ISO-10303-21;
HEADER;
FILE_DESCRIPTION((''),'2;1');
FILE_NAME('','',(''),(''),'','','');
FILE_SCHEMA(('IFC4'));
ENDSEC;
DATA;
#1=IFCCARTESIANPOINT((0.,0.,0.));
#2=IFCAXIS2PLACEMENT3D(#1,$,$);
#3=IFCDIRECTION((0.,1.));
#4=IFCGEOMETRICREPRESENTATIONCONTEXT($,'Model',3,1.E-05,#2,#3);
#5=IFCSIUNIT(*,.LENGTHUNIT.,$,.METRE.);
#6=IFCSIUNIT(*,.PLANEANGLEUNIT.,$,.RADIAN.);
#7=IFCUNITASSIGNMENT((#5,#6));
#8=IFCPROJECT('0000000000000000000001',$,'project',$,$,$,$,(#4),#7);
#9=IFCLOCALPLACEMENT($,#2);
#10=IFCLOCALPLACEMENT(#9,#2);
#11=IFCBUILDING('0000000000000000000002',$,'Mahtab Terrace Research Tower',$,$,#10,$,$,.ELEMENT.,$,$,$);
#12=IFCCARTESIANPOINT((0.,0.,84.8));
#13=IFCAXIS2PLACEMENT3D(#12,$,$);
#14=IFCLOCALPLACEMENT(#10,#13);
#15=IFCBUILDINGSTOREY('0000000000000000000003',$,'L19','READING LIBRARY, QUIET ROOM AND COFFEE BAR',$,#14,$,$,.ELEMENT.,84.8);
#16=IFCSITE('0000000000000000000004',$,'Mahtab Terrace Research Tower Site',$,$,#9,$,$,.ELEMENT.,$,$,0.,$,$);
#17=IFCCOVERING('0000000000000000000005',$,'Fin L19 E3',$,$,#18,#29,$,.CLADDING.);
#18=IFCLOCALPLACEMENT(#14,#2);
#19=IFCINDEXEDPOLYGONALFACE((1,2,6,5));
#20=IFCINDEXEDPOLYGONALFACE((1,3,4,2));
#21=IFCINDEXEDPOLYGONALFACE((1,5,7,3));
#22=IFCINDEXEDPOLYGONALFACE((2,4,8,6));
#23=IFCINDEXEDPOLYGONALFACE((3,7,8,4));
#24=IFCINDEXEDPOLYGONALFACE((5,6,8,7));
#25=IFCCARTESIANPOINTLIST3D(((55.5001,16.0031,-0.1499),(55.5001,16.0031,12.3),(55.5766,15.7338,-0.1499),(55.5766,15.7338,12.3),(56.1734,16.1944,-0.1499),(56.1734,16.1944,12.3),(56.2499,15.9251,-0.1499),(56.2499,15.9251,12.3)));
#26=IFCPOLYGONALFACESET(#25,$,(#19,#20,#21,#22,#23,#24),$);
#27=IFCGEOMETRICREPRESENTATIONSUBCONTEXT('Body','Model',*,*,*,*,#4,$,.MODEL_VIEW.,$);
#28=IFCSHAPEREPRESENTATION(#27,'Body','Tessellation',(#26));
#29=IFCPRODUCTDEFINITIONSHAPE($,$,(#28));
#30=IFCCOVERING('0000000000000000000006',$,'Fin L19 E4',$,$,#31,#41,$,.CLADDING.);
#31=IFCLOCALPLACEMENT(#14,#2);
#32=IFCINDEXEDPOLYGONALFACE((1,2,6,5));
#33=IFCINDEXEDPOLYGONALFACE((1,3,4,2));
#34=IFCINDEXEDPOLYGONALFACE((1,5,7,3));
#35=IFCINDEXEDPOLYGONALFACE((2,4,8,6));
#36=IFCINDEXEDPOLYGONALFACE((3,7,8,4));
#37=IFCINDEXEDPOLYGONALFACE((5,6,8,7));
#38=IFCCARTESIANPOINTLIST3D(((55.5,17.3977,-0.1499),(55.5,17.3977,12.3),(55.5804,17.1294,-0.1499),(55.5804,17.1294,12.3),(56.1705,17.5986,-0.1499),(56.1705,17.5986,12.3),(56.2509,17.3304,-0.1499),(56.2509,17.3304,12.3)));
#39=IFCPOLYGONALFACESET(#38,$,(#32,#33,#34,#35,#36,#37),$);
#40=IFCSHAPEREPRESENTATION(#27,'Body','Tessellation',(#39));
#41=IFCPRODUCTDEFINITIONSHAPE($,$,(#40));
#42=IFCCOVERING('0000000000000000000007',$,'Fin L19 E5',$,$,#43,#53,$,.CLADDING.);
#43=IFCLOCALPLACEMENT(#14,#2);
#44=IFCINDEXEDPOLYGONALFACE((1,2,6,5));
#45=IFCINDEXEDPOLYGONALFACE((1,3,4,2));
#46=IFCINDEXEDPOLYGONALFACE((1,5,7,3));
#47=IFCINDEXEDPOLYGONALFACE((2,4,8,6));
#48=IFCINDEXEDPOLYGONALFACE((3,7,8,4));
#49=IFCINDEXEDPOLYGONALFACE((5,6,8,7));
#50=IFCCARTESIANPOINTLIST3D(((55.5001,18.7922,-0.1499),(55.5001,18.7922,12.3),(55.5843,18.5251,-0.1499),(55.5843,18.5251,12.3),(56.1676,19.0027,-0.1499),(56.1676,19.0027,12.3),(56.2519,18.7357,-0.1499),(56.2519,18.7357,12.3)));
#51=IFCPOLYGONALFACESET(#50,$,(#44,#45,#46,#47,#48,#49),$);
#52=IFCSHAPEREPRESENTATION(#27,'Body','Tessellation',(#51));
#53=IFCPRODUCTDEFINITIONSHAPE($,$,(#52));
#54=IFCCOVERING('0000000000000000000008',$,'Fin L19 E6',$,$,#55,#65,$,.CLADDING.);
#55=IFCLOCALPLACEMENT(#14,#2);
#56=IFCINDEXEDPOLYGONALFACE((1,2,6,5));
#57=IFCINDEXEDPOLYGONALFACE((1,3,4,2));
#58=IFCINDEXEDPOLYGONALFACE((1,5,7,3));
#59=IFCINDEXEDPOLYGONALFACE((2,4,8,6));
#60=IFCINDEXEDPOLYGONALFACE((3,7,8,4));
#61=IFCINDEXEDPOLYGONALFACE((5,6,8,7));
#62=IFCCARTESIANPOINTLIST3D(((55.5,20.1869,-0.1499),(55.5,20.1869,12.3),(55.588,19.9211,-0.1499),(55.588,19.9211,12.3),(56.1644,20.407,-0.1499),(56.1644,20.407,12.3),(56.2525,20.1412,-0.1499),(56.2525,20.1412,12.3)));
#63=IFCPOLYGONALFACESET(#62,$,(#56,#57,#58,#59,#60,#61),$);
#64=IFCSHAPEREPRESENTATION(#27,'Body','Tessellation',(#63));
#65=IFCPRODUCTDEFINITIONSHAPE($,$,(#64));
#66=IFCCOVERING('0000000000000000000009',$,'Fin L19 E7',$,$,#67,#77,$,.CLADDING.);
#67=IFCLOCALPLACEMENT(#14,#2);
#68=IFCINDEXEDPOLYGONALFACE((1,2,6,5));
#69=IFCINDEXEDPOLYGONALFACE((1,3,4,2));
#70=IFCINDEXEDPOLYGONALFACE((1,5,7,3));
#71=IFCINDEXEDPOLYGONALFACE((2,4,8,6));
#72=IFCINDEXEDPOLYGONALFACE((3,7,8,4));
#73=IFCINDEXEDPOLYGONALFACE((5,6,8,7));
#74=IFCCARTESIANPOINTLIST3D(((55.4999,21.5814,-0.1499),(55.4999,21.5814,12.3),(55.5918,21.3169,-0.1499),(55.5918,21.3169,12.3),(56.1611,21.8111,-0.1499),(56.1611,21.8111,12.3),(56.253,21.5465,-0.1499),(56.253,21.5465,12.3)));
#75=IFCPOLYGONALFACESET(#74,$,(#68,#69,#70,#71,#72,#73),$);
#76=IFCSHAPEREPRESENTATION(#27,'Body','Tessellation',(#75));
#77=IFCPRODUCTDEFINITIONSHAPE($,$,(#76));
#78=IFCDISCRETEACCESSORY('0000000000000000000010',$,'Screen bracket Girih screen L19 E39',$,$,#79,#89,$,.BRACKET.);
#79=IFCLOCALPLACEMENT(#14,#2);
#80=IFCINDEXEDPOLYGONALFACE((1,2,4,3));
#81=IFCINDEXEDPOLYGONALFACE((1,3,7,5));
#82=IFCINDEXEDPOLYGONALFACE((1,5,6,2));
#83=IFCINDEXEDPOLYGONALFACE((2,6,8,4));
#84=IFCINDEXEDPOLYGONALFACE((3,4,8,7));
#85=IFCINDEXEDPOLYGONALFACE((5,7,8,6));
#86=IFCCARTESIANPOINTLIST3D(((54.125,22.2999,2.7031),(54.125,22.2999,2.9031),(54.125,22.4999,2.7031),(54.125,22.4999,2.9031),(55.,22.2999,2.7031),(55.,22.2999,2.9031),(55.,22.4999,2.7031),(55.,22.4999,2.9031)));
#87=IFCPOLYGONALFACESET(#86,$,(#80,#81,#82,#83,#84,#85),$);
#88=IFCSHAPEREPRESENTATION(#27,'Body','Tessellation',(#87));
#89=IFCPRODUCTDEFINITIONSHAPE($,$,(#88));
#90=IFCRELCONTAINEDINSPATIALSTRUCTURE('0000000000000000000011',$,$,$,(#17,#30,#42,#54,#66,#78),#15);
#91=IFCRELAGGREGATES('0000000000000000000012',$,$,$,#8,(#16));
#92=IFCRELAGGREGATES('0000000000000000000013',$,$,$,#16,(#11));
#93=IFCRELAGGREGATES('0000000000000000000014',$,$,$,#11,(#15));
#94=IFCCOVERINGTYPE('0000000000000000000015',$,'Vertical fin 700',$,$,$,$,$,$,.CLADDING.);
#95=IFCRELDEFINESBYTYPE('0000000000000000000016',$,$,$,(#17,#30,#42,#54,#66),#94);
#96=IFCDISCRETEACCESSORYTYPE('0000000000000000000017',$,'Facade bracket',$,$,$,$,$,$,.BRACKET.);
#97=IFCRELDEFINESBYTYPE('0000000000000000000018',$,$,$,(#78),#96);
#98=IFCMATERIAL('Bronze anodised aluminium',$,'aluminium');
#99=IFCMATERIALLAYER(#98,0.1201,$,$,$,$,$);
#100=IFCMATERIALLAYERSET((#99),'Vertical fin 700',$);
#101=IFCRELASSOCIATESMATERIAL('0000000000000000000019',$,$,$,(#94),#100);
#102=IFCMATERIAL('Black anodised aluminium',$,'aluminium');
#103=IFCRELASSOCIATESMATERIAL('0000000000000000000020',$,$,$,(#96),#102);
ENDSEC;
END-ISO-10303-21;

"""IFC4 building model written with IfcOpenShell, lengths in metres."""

from ifc_helpers import new_model, si_unit, direction, frame, origin, origin_2d, place, context, subcontext, project, spatial, rectangle, extrude, material, layer, layer_set, type_object, element, save


model = new_model("IFC4")

# Units and contexts
model_context = context("Model", 3, precision=1e-05, world=origin(), true_north=direction((0.0, 1.0)))
body_context = subcontext(model_context, "Body", "Model", "MODEL_VIEW")
ifc_project = project(units=[si_unit("LENGTHUNIT", "METRE"), si_unit("PLANEANGLEUNIT", "RADIAN")], contexts=[model_context])

# Site, building, storey
site_placement = place(None, origin())
site = spatial("IfcSite", under=ifc_project, at=site_placement, Name="Mahtab Terrace Research Tower Site", CompositionType="ELEMENT", RefElevation=0.0)
building_placement = place(site_placement, origin())
building = spatial("IfcBuilding", under=site, at=building_placement, Name="Mahtab Terrace Research Tower", CompositionType="ELEMENT")
storey_placement = place(building_placement, frame((0.0, 0.0, 84.8)))
storey = spatial("IfcBuildingStorey", under=building, at=storey_placement, Name="L19", Description="READING LIBRARY, QUIET ROOM AND COFFEE BAR", CompositionType="ELEMENT", Elevation=84.8)

# Coverings
ifc_material_1 = material(Name="Bronze anodised aluminium", Category="aluminium")
ifc_layer_1 = layer(ifc_material_1, 0.1201)
ifc_layer_set_1 = layer_set([ifc_layer_1], Name="Vertical fin 700")
covering_type_1 = type_object("IfcCoveringType", Name="Vertical fin 700", PredefinedType="CLADDING", material=ifc_layer_set_1)
for number, where, z_axis, x_axis, name in (
    (1, (55.875, 15.9641, -0.1499), (0.0, 0.0, 1.0), (-0.273307, 0.961927, 0.0), "Fin L19 E3"),
    (2, (55.8755, 17.364, -0.1499), (0.0, 0.0, 1.0), (-0.287105, 0.957899, 0.0), "Fin L19 E4"),
    (3, (55.876, 18.7639, -0.1499), (0.0, 0.0, 1.0), (-0.300843, 0.953674, 0.0), "Fin L19 E5"),
    (4, (55.8762, 20.1641, -0.1499), (0.0, 0.0, 1.0), (-0.314519, 0.949251, 0.0), "Fin L19 E6"),
    (5, (55.8765, 21.564, -0.1499), (0.0, 0.0, 1.0), (-0.32813, 0.944633, 0.0), "Fin L19 E7"),
):
    element("IfcCovering", number, at=place(storey_placement, frame(where, z_axis=z_axis, x_axis=x_axis)), inside=storey, type_object=covering_type_1, Name=name, PredefinedType="CLADDING", context=body_context, shape_type="SweptSolid", body=[
        extrude(rectangle(XDim=0.28, YDim=0.7, at=origin_2d()), origin(), (0.0, 0.0, 1.0), 12.45),
    ])

# Discrete accessory
ifc_material_2 = material(Name="Black anodised aluminium", Category="aluminium")
discrete_accessory_type = type_object("IfcDiscreteAccessoryType", Name="Facade bracket", PredefinedType="BRACKET", material=ifc_material_2)
discrete_accessory_placement = place(storey_placement, frame((54.5625, 22.3999, 2.7031), z_axis=(0.0, 0.0, 1.0), x_axis=(0.0, 1.0, 0.0)))
element("IfcDiscreteAccessory", 6, at=discrete_accessory_placement, inside=storey, type_object=discrete_accessory_type, Name="Screen bracket Girih screen L19 E39", PredefinedType="BRACKET", context=body_context, shape_type="SweptSolid", body=[
    extrude(rectangle(XDim=0.2, YDim=0.875, at=origin_2d()), origin(), (0.0, 0.0, 1.0), 0.2),
])

save(model, "model.ifc")
